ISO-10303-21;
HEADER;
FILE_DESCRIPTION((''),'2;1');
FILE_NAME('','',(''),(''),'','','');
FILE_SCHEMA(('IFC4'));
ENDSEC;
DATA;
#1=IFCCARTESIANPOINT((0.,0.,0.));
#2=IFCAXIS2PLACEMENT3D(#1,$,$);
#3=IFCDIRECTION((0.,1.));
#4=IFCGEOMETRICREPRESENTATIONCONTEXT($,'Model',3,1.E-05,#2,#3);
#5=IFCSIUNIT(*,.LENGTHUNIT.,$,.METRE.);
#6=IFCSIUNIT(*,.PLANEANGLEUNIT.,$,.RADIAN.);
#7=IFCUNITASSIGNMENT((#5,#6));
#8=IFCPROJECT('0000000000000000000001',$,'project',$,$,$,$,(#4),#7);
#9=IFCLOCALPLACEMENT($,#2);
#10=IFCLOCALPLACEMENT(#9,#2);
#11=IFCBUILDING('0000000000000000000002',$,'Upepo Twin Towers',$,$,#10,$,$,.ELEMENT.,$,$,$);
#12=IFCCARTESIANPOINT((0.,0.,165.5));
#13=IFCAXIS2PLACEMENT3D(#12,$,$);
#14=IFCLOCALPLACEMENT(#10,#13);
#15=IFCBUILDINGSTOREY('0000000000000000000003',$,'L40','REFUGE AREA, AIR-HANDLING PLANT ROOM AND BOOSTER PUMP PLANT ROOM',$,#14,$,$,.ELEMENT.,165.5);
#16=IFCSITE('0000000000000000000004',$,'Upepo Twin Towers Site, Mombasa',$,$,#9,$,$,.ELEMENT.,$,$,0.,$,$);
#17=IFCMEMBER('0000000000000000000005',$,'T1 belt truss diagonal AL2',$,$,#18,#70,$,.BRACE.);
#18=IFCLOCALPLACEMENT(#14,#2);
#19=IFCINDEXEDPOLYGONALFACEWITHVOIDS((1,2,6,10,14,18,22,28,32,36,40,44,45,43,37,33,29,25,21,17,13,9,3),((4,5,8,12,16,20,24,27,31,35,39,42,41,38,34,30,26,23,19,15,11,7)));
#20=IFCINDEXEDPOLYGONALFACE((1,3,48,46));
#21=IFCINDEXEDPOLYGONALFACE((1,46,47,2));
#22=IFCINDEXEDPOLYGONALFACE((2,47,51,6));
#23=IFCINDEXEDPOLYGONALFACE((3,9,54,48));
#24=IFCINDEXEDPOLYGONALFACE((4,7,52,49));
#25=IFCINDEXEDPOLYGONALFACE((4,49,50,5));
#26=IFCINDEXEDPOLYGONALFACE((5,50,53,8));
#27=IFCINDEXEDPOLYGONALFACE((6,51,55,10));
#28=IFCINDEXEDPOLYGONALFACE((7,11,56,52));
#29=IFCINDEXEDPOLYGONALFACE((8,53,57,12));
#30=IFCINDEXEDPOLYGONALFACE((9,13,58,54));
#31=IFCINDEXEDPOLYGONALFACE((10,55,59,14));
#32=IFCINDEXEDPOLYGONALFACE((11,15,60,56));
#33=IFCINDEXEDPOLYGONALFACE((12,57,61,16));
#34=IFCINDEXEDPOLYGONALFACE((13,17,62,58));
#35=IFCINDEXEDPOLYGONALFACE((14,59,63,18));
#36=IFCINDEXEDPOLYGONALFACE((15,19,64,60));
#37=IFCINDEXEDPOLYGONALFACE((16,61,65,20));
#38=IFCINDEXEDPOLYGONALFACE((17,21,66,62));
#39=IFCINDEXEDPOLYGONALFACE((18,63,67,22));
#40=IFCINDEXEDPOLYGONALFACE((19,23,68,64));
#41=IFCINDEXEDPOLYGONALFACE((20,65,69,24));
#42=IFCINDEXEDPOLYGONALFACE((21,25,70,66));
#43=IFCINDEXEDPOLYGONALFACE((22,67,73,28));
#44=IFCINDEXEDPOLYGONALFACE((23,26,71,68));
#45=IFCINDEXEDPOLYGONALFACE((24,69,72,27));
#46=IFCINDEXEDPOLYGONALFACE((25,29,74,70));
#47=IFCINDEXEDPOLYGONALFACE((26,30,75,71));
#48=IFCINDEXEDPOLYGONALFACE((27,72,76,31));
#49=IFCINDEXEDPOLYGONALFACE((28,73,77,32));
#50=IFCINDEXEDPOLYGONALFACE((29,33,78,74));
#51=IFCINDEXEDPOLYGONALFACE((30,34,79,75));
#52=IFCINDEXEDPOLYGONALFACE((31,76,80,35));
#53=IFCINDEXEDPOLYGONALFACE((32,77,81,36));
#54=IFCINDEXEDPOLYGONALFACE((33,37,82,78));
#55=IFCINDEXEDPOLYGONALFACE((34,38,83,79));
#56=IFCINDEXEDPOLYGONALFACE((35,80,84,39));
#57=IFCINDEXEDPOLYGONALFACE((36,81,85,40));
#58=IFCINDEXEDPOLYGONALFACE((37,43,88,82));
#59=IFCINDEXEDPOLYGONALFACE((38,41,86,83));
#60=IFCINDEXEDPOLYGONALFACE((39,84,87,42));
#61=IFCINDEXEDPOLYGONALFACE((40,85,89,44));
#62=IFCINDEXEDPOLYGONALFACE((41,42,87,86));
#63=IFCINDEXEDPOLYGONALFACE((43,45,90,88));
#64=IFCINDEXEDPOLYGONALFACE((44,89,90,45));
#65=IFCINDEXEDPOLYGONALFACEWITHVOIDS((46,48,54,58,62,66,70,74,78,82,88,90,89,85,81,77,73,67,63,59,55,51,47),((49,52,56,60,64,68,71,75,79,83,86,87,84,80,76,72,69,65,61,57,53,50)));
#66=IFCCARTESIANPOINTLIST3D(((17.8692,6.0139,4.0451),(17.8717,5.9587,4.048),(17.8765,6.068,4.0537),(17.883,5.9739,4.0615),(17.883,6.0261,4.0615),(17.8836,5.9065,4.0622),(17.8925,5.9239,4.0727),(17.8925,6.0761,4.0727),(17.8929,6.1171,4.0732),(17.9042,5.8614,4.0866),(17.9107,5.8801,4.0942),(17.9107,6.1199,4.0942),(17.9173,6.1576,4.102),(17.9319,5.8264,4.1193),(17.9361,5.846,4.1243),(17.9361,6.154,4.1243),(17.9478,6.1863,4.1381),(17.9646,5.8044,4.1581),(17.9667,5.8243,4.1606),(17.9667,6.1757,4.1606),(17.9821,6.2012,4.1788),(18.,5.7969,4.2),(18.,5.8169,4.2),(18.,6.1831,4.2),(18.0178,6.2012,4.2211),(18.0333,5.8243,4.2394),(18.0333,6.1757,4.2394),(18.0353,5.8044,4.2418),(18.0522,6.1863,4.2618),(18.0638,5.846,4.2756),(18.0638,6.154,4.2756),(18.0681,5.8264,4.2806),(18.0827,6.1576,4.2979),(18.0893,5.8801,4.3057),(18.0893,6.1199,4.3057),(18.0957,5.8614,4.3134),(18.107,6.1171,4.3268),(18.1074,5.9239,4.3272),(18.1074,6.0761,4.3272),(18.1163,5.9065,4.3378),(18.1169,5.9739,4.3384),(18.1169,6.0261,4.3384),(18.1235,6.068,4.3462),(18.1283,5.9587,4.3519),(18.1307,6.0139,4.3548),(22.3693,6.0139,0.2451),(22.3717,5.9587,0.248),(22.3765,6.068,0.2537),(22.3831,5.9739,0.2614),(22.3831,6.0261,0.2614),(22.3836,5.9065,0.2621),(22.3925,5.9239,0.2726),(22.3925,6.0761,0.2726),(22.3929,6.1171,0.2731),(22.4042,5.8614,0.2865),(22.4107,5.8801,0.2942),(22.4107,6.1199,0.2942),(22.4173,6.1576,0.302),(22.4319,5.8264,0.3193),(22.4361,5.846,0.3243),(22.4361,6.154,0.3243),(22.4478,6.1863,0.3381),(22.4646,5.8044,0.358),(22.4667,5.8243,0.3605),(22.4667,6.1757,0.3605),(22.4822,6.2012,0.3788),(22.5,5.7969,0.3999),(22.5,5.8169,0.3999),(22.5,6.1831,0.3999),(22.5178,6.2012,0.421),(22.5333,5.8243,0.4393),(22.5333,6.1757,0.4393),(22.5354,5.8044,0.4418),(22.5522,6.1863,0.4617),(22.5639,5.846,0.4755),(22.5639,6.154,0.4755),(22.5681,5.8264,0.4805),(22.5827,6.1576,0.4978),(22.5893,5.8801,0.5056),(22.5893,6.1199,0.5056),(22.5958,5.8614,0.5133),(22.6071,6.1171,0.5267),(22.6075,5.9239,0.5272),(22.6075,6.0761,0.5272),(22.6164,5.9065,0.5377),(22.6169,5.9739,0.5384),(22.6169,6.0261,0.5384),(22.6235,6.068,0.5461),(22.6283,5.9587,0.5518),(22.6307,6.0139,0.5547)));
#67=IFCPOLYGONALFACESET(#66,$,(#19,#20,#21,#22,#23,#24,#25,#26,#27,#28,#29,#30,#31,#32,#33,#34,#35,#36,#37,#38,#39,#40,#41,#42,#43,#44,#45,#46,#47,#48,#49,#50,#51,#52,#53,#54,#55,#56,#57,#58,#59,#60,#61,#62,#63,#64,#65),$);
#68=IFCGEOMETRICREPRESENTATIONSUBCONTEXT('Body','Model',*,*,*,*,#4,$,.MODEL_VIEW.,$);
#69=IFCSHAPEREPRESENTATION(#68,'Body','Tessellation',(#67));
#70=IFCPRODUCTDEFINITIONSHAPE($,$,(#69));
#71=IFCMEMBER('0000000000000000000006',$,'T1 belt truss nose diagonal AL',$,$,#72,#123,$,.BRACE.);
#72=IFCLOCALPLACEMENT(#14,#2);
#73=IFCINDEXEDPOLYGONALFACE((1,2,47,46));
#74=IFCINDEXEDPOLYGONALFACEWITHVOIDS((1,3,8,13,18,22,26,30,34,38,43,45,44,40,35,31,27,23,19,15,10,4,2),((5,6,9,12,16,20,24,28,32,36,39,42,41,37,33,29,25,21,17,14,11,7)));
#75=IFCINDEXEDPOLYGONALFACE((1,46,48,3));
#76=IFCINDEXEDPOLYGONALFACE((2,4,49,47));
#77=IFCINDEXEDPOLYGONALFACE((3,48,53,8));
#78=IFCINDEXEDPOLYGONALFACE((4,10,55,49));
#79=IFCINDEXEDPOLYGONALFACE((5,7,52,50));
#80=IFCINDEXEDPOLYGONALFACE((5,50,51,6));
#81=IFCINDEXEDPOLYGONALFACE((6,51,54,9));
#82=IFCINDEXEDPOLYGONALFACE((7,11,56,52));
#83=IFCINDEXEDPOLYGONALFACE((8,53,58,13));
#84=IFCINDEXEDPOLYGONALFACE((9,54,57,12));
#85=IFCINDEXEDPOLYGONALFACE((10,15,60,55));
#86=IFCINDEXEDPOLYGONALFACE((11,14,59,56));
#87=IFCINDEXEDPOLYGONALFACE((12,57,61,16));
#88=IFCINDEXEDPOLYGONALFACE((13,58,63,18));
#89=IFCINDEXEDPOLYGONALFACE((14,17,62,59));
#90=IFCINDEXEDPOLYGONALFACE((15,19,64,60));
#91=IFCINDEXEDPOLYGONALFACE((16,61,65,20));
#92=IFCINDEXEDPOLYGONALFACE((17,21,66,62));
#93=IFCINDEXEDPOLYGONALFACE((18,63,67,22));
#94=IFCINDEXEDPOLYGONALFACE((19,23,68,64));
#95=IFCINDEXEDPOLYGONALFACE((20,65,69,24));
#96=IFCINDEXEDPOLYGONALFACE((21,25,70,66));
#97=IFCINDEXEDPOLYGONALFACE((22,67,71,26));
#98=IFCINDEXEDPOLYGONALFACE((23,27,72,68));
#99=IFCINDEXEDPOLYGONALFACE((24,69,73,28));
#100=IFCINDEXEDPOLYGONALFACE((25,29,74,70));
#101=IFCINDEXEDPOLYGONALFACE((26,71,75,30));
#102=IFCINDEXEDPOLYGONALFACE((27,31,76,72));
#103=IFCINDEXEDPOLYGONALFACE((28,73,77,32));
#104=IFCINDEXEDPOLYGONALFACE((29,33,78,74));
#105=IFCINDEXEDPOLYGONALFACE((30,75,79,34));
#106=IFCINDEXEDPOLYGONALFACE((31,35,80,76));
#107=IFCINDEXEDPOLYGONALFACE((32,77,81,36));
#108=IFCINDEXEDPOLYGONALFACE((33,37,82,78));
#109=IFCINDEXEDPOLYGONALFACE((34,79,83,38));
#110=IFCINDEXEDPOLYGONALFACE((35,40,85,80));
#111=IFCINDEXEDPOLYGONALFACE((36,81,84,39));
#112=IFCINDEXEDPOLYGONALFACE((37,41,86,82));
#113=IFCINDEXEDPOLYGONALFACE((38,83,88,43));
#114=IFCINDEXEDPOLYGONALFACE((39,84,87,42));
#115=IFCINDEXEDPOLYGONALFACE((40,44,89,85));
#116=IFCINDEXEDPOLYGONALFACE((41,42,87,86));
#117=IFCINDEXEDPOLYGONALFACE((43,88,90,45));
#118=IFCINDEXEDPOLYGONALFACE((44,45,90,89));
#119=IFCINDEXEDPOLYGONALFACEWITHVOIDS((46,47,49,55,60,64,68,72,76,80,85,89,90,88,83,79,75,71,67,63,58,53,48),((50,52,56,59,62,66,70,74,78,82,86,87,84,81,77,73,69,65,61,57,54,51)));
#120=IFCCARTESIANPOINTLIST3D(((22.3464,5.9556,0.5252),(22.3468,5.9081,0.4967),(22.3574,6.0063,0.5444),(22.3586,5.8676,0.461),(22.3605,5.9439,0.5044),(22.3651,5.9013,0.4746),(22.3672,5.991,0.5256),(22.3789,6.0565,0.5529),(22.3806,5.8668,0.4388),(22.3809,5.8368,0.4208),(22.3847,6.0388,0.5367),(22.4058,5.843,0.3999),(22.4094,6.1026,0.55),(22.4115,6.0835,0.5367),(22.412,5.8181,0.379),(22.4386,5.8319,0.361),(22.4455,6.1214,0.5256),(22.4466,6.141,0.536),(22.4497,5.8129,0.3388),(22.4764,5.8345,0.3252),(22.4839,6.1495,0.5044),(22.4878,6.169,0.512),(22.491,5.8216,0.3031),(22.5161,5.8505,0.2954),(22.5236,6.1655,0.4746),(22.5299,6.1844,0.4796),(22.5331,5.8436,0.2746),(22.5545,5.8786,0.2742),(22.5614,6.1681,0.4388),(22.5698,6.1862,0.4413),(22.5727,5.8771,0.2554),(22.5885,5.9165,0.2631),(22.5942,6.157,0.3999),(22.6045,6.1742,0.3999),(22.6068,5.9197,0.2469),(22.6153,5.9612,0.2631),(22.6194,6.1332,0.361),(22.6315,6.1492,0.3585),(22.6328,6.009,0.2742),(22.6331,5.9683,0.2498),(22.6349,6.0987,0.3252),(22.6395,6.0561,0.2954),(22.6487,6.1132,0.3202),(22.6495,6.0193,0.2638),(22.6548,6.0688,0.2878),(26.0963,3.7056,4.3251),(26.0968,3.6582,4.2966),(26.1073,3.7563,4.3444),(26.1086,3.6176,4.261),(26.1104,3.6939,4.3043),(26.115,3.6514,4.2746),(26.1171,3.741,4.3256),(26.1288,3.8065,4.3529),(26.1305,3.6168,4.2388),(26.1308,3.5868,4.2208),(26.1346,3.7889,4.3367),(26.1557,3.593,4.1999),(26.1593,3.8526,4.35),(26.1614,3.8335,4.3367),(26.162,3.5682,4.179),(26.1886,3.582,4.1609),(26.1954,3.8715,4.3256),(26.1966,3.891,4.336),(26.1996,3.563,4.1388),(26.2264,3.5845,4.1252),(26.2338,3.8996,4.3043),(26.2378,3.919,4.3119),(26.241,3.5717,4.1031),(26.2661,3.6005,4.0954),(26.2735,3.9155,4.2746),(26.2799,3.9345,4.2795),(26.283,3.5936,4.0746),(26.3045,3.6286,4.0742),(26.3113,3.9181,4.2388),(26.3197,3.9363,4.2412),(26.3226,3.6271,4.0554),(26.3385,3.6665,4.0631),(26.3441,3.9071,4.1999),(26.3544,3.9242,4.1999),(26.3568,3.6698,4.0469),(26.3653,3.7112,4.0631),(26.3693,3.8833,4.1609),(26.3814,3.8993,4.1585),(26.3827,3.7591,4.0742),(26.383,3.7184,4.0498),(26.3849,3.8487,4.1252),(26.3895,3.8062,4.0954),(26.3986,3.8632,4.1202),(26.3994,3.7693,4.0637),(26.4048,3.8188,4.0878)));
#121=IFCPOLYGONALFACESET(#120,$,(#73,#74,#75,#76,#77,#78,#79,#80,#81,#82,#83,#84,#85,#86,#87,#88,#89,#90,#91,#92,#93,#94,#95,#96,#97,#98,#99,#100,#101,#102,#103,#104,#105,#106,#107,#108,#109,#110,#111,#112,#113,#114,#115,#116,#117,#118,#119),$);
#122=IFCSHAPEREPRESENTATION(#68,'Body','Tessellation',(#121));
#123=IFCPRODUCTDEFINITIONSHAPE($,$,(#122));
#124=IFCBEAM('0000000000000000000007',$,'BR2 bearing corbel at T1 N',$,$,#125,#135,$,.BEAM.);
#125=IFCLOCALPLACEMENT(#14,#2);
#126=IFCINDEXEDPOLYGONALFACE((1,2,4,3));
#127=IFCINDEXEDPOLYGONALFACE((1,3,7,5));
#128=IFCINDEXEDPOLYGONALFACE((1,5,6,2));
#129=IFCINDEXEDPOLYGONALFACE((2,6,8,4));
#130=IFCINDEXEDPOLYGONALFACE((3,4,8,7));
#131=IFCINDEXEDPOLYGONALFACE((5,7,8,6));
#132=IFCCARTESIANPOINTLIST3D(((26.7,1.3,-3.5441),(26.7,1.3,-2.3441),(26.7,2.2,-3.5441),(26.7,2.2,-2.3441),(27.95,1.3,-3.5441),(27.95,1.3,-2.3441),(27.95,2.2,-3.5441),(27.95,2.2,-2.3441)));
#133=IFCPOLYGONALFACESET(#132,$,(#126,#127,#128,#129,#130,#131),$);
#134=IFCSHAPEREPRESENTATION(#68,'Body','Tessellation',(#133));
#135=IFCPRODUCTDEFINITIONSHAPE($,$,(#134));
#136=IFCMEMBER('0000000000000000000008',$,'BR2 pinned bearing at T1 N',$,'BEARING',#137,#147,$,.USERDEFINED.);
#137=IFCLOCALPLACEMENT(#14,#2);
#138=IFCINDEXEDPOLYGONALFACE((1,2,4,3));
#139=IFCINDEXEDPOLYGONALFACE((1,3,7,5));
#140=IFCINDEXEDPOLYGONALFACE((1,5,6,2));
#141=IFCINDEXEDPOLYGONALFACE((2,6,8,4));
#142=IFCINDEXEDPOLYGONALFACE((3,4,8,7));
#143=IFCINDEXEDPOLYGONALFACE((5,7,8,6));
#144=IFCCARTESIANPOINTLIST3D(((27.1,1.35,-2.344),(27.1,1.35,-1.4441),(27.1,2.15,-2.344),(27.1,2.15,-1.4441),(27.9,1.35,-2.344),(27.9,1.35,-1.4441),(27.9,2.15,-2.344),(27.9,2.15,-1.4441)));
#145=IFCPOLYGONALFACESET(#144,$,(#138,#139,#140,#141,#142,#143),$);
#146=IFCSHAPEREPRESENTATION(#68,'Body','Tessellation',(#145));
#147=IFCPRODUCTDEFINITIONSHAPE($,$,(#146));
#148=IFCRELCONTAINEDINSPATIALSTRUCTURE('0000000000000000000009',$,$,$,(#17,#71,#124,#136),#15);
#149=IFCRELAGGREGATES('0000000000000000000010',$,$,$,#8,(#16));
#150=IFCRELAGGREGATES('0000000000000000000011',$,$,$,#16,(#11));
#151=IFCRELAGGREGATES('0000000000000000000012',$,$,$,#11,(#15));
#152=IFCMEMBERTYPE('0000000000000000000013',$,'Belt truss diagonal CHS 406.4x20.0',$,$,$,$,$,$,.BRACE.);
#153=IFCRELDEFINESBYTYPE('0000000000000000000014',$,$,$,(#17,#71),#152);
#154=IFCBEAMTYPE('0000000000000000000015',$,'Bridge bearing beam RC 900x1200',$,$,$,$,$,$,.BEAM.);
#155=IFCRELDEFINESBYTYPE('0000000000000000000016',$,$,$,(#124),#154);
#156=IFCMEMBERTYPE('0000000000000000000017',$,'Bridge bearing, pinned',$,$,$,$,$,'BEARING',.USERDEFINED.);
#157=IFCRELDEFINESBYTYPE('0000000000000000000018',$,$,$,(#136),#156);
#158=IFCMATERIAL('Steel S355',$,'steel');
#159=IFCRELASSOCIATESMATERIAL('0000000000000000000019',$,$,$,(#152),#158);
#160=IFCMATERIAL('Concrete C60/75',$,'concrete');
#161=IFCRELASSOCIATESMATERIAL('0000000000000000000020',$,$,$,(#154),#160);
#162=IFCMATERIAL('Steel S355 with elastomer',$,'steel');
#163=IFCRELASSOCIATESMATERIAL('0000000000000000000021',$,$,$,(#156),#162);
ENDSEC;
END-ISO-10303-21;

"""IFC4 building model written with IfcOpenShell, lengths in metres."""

from ifc_helpers import new_model, si_unit, direction, frame, origin, origin_2d, place, context, subcontext, project, spatial, rectangle, hollow_circle, extrude, material, material_profile, profile_set, type_object, element, save


model = new_model("IFC4")

# Units and contexts
model_context = context("Model", 3, precision=1e-05, world=origin(), true_north=direction((0.0, 1.0)))
body_context = subcontext(model_context, "Body", "Model", "MODEL_VIEW")
ifc_project = project(units=[si_unit("LENGTHUNIT", "METRE"), si_unit("PLANEANGLEUNIT", "RADIAN")], contexts=[model_context])

# Site, building, storey
site_placement = place(None, origin())
site = spatial("IfcSite", under=ifc_project, at=site_placement, Name="Upepo Twin Towers Site, Mombasa", CompositionType="ELEMENT", RefElevation=0.0)
building_placement = place(site_placement, origin())
building = spatial("IfcBuilding", under=site, at=building_placement, Name="Upepo Twin Towers", CompositionType="ELEMENT")
storey_placement = place(building_placement, frame((0.0, 0.0, 165.5)))
storey = spatial("IfcBuildingStorey", under=building, at=storey_placement, Name="L40", Description="REFUGE AREA, AIR-HANDLING PLANT ROOM AND BOOSTER PUMP PLANT ROOM", CompositionType="ELEMENT", Elevation=165.5)

# Members
ifc_material_1 = material(Name="Steel S355", Category="steel")
ifc_material_profile_1 = material_profile(ifc_material_1, hollow_circle(Radius=0.2031, WallThickness=0.02, at=origin_2d()), Name="CHS 406.4x20.0")
ifc_profile_set_1 = profile_set([ifc_material_profile_1], Name="Steel S355")
member_type_1 = type_object("IfcMemberType", Name="Belt truss diagonal CHS 406.4x20.0", PredefinedType="BRACE", material=ifc_profile_set_1)
member_1_placement = place(storey_placement, frame((22.5, 6.0, 0.3999), z_axis=(-0.764026, 0.0, 0.645186), x_axis=(0.0, -1.0, 0.0)))
element("IfcMember", 1, at=member_1_placement, inside=storey, type_object=member_type_1, Name="T1 belt truss diagonal AL2", PredefinedType="BRACE", context=body_context, shape_type="SweptSolid", body=[
    extrude(hollow_circle(Radius=0.2031, WallThickness=0.02, at=origin_2d()), origin(), (0.0, 0.0, 1.0), 5.8899),
])
member_2_placement = place(storey_placement, frame((22.5, 6.0, 0.3999), z_axis=(0.64727, -0.388362, 0.655909), x_axis=(0.514496, 0.857493, 0.0)))
element("IfcMember", 2, at=member_2_placement, inside=storey, type_object=member_type_1, Name="T1 belt truss nose diagonal AL", PredefinedType="BRACE", context=body_context, shape_type="SweptSolid", body=[
    extrude(hollow_circle(Radius=0.2031, WallThickness=0.02, at=origin_2d()), origin(), (0.0, 0.0, 1.0), 5.7935),
])

# Beam
ifc_material_2 = material(Name="Concrete C60/75", Category="concrete")
ifc_material_profile_2 = material_profile(ifc_material_2, rectangle(XDim=0.8999, YDim=1.2, at=origin_2d()), Name="RC 900x1200")
ifc_profile_set_2 = profile_set([ifc_material_profile_2], Name="Concrete C60/75")
beam_type_1 = type_object("IfcBeamType", Name="Bridge bearing beam RC 900x1200", PredefinedType="BEAM", material=ifc_profile_set_2)
beam_1_placement = place(storey_placement, frame((26.7, 1.75, -2.9441), z_axis=(1.0, 0.0, 0.0), x_axis=(0.0, 1.0, 0.0)))
element("IfcBeam", 3, at=beam_1_placement, inside=storey, type_object=beam_type_1, Name="BR2 bearing corbel at T1 N", PredefinedType="BEAM", context=body_context, shape_type="SweptSolid", body=[
    extrude(rectangle(XDim=0.8999, YDim=1.2, at=origin_2d()), origin(), (0.0, 0.0, 1.0), 1.25),
])

# Member
ifc_material_3 = material(Name="Steel S355 with elastomer", Category="steel")
ifc_material_profile_3 = material_profile(ifc_material_3, rectangle(XDim=0.8, YDim=0.8, at=origin_2d()), Name="BEARING 800x800 PINNED")
ifc_profile_set_3 = profile_set([ifc_material_profile_3], Name="Steel S355 with elastomer")
member_type_2 = type_object("IfcMemberType", Name="Bridge bearing, pinned", ElementType="BEARING", PredefinedType="USERDEFINED", material=ifc_profile_set_3)
member_3_placement = place(storey_placement, frame((27.5, 1.75, -2.344), z_axis=(0.0, 0.0, 1.0), x_axis=(1.0, 0.0, 0.0)))
element("IfcMember", 4, at=member_3_placement, inside=storey, type_object=member_type_2, Name="BR2 pinned bearing at T1 N", ObjectType="BEARING", PredefinedType="USERDEFINED", context=body_context, shape_type="SweptSolid", body=[
    extrude(rectangle(XDim=0.8, YDim=0.8, at=origin_2d()), origin(), (0.0, 0.0, 1.0), 0.8999),
])

save(model, "model.ifc")
